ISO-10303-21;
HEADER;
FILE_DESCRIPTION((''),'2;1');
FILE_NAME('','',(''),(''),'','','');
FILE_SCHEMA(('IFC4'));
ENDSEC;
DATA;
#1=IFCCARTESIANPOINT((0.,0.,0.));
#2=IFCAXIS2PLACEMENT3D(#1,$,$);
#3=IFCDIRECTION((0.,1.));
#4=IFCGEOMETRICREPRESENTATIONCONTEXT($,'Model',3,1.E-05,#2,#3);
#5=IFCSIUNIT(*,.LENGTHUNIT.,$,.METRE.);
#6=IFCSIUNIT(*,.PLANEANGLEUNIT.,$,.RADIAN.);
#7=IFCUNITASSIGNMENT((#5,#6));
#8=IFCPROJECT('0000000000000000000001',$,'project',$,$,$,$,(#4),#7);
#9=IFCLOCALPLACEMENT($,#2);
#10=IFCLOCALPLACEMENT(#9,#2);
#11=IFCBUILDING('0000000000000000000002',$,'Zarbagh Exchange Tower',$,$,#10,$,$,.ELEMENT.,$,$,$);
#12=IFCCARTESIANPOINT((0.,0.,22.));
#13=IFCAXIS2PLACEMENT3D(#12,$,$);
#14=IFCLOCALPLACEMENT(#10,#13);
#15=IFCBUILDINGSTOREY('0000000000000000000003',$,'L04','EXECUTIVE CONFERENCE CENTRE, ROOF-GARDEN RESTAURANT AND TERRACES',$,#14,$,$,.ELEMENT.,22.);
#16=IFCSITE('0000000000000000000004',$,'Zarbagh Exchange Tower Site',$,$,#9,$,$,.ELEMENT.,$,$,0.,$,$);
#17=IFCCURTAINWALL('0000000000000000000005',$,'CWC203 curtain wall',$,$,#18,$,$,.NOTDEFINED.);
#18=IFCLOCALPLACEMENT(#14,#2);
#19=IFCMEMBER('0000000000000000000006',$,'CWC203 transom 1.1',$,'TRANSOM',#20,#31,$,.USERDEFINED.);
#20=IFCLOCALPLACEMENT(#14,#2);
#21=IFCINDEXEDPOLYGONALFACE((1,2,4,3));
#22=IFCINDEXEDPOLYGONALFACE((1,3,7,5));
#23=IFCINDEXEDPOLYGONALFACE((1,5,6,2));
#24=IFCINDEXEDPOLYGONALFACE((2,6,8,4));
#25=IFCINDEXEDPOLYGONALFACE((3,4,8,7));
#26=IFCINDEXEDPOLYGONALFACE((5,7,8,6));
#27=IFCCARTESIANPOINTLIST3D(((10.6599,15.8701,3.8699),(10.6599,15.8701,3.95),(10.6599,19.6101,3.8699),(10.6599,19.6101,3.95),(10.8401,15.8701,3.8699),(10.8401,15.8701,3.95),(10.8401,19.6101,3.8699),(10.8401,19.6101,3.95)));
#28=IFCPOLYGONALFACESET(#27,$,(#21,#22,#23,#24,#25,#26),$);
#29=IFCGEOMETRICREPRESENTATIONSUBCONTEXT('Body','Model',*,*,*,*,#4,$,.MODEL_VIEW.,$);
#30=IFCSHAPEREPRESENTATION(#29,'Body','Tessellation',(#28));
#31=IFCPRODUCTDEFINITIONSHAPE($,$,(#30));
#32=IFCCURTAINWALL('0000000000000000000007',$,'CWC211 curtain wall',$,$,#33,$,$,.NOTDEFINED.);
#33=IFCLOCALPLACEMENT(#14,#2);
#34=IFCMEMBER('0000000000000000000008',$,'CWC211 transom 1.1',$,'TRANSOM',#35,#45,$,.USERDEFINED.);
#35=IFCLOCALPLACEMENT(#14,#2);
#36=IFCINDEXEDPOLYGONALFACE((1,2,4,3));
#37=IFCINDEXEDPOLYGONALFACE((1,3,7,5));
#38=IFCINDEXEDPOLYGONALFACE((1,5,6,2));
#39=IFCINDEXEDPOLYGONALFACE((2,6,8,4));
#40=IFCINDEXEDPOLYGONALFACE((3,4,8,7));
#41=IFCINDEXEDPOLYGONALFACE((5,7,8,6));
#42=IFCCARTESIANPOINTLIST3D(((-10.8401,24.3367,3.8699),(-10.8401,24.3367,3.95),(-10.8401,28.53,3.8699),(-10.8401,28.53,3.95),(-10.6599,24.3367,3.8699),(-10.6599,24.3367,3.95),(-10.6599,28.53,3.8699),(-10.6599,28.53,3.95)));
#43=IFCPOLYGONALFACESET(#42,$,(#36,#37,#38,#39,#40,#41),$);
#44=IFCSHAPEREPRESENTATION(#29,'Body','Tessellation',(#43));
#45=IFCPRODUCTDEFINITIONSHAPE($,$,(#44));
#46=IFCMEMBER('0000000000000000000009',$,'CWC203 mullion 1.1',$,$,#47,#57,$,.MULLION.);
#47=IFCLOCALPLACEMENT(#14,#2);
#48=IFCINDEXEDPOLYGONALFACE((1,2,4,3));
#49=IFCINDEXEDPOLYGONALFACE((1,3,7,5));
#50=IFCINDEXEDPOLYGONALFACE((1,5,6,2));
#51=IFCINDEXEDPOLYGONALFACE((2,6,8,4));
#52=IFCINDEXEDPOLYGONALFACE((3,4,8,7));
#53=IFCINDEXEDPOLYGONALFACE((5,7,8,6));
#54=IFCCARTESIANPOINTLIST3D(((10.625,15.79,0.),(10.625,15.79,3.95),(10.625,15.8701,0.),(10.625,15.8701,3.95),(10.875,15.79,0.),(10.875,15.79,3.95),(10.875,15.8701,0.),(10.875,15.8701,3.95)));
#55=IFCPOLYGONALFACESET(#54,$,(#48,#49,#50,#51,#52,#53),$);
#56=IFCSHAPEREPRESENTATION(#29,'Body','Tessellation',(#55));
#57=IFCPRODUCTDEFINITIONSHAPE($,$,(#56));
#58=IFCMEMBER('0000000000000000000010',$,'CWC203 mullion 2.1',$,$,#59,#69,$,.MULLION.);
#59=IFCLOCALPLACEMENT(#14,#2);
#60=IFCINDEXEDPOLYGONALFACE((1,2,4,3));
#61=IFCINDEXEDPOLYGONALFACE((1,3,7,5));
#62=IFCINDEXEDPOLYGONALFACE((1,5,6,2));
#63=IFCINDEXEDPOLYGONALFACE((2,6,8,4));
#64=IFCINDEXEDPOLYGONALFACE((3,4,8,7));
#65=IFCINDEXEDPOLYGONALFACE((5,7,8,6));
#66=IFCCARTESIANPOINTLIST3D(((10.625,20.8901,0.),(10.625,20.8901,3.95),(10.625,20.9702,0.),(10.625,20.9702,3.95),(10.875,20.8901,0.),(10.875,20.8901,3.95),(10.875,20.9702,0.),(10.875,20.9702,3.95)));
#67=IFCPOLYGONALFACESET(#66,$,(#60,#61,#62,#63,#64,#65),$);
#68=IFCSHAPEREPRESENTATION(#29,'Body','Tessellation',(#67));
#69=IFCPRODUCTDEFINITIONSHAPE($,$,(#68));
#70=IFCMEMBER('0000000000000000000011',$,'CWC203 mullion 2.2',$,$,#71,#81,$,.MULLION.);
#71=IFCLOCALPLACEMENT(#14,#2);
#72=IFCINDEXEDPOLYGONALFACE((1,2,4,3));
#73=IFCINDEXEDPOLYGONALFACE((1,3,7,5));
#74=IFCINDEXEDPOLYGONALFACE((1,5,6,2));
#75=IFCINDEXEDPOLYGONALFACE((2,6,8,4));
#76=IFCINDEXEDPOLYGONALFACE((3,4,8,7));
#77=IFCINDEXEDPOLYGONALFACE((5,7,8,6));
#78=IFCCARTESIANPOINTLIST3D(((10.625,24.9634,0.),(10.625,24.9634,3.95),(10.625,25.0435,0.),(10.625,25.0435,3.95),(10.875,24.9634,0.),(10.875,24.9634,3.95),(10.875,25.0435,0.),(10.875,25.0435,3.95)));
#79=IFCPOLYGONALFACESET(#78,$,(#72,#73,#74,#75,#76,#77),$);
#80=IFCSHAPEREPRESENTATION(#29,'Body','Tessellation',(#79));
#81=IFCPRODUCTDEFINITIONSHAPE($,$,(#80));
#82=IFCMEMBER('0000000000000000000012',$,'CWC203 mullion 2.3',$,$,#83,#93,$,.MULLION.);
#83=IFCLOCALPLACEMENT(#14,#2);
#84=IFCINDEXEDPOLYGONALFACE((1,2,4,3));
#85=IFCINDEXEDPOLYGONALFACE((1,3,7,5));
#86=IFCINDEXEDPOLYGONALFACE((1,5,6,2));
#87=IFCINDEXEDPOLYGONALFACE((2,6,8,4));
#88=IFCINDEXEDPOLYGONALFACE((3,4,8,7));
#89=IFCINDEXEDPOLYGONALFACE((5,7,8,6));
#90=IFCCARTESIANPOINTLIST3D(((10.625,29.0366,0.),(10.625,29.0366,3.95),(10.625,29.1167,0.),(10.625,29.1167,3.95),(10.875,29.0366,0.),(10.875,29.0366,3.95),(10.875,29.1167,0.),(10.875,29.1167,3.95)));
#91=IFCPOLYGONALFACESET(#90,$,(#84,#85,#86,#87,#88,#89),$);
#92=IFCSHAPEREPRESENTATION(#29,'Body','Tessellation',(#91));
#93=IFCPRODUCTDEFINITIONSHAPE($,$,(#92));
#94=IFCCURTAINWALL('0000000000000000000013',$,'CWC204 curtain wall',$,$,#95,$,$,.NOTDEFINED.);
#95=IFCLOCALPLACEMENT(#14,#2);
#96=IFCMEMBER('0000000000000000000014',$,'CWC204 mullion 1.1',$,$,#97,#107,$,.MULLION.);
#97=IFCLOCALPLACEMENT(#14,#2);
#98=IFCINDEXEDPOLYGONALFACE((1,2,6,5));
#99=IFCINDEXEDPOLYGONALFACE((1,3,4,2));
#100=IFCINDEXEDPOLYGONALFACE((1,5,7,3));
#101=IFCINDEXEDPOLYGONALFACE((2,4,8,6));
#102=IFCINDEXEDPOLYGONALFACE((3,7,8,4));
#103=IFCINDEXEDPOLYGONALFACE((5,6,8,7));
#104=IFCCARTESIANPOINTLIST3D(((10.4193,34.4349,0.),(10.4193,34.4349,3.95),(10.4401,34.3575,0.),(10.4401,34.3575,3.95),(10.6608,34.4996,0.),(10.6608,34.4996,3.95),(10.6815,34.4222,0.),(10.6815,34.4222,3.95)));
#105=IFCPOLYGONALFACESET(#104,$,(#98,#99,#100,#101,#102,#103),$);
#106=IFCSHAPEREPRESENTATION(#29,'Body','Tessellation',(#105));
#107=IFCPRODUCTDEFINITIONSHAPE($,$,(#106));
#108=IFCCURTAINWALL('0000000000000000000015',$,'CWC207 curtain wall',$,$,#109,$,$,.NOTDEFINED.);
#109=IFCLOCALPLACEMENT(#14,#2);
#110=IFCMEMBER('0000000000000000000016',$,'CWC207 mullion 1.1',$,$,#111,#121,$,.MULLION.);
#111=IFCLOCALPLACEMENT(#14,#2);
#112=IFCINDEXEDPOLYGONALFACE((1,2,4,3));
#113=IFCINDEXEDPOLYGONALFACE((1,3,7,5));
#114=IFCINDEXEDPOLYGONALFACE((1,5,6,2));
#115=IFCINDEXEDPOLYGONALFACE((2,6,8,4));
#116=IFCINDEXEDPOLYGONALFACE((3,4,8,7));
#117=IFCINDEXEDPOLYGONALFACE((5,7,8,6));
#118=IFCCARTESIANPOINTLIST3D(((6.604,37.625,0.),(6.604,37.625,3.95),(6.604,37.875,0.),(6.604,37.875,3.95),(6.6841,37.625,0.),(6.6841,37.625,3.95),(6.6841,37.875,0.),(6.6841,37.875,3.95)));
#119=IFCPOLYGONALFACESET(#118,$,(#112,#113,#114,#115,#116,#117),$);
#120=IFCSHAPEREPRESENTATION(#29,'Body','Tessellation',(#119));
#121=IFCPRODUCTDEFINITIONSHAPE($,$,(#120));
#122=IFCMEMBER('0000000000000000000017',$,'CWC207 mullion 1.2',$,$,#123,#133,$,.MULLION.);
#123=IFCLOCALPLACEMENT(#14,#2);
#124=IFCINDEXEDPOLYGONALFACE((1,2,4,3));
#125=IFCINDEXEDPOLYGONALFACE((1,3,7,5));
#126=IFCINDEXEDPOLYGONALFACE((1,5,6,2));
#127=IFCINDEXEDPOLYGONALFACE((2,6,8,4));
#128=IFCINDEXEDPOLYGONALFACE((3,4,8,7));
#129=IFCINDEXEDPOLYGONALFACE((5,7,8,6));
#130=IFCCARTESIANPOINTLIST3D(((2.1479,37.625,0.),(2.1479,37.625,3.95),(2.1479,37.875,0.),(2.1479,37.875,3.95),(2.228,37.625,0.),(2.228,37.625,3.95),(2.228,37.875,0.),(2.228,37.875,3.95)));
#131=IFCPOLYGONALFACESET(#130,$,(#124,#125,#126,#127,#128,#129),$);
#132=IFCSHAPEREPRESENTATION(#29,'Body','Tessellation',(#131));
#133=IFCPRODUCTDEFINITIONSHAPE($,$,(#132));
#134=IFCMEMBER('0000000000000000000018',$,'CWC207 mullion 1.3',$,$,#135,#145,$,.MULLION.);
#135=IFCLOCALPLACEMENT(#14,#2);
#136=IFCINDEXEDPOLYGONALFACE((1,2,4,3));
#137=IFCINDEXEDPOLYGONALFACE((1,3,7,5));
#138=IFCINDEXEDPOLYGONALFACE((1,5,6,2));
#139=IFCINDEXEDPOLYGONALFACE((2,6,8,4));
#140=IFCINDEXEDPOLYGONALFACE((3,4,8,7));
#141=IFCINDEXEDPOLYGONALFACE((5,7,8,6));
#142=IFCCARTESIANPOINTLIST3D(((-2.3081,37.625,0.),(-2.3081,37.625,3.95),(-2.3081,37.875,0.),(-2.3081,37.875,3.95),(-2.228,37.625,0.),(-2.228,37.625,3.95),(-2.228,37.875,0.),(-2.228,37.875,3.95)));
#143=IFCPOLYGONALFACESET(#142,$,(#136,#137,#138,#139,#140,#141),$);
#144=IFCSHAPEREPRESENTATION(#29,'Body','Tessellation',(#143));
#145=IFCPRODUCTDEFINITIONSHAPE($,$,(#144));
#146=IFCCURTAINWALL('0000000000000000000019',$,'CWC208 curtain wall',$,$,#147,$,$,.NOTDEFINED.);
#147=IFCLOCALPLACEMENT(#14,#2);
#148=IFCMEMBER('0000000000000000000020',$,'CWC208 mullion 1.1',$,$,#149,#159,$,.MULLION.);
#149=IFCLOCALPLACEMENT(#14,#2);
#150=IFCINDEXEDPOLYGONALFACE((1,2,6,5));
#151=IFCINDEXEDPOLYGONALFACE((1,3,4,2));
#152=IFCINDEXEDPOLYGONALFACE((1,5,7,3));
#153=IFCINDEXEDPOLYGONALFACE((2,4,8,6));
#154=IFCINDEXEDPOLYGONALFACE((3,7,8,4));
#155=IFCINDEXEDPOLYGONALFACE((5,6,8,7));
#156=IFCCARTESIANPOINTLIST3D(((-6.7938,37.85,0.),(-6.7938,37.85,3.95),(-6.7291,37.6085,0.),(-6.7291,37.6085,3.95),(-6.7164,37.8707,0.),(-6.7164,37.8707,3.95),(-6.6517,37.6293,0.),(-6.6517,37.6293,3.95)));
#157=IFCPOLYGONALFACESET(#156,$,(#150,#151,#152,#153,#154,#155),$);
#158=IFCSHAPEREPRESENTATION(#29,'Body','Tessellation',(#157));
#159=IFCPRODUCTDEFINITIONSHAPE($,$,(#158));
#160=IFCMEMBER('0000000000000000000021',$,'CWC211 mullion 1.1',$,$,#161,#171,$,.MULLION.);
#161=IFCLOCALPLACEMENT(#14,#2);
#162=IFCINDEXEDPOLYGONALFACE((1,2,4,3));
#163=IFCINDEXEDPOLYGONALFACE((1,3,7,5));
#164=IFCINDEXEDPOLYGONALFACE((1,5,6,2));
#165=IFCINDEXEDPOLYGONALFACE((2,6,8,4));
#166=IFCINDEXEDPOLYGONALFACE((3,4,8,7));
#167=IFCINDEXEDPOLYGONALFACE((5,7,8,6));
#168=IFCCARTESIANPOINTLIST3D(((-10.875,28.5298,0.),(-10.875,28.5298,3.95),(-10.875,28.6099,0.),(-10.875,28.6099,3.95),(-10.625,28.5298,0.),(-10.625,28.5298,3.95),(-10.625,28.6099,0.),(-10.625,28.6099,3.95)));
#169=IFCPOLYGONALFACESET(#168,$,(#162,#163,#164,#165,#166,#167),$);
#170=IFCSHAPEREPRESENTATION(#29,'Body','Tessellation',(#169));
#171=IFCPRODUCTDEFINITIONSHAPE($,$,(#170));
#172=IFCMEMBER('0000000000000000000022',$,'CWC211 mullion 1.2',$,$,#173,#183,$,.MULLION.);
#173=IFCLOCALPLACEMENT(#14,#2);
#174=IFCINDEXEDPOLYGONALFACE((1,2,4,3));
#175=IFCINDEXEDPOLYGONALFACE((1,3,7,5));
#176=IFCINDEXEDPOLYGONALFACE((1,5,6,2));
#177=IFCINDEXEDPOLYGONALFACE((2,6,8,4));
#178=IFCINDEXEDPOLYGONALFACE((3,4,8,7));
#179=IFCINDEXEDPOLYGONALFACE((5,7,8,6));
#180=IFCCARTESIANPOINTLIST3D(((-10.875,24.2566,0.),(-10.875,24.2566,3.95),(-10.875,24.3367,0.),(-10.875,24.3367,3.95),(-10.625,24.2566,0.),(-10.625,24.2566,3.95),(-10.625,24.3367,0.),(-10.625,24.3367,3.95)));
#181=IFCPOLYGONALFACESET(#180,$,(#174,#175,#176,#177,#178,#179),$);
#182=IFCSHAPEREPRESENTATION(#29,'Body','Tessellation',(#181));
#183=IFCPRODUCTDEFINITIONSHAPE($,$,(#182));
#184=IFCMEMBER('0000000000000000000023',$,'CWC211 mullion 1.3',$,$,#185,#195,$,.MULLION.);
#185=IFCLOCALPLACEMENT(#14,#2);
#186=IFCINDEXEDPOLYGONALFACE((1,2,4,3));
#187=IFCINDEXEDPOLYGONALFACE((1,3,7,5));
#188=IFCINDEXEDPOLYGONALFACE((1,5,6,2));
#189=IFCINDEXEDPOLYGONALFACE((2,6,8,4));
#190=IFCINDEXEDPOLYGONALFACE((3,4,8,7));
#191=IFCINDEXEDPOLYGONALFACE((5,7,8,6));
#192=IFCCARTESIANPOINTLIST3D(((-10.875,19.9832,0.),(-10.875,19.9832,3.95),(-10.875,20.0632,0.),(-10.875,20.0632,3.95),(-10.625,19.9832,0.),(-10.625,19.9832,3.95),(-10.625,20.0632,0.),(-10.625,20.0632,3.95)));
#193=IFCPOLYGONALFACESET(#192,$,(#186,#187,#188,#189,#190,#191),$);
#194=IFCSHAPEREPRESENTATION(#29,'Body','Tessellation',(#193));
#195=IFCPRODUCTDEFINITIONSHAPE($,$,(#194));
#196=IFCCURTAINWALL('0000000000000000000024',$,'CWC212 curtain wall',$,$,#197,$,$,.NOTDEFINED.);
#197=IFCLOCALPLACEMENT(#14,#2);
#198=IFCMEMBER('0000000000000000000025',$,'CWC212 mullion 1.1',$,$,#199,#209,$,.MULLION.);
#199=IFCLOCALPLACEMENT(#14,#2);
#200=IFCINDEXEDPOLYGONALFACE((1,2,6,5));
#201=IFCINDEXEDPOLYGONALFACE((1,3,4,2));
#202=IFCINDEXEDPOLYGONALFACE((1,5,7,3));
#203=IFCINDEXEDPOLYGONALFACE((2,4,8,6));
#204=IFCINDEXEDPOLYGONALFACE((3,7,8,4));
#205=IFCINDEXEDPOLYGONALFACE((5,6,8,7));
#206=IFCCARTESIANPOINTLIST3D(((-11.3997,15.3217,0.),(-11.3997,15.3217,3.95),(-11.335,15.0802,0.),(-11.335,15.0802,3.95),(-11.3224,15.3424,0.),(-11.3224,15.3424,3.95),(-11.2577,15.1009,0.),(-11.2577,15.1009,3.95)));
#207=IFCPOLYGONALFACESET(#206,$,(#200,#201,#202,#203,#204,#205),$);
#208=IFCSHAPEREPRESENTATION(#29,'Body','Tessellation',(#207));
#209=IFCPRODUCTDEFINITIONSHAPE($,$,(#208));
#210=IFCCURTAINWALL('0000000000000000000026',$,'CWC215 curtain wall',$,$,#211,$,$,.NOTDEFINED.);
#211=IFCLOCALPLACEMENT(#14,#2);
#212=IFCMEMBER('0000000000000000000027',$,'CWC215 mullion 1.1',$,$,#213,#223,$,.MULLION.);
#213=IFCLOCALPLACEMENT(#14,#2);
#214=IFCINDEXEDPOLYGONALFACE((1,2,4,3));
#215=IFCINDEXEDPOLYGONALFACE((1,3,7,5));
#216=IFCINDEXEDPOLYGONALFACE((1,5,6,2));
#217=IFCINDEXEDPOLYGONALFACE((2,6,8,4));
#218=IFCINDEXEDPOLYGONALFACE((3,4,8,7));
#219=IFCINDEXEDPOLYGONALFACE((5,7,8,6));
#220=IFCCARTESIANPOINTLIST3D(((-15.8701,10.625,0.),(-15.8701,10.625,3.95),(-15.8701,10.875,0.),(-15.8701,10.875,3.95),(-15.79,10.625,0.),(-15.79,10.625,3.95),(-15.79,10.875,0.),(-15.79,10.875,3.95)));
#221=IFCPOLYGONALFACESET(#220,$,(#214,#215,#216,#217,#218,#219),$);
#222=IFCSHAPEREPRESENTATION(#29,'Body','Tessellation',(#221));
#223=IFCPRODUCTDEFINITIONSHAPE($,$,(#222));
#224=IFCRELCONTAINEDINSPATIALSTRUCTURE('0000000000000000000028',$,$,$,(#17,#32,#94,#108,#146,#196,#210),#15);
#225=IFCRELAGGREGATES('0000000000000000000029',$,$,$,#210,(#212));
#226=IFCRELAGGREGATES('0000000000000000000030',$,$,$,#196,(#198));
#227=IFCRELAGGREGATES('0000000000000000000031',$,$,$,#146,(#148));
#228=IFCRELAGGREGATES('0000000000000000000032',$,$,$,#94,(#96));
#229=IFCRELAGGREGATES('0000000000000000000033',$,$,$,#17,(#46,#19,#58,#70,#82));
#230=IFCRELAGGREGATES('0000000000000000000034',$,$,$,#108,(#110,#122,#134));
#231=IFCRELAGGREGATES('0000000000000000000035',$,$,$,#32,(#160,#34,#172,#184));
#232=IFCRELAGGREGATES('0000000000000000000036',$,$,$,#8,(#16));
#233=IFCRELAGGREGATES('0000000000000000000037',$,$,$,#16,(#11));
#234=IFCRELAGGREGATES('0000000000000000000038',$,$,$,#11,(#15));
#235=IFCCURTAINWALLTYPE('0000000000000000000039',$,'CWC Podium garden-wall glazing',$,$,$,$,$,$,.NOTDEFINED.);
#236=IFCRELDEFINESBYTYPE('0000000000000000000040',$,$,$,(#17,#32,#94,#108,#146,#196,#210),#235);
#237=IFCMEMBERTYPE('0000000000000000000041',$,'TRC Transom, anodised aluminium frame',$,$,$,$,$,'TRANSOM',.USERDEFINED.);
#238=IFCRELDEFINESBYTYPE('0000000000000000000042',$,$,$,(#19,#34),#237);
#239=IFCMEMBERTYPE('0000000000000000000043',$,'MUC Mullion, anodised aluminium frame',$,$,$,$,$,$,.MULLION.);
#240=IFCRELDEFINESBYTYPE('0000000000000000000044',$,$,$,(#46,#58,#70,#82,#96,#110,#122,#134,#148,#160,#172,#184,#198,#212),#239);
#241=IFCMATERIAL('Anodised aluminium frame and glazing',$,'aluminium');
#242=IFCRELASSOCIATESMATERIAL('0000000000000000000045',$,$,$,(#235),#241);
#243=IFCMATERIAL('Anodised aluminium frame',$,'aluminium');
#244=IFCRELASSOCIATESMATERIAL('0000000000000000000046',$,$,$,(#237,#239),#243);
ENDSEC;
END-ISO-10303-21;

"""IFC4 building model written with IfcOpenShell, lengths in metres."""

from ifc_helpers import new_model, si_unit, direction, frame, origin, place, context, subcontext, project, spatial, polyline, outline, extrude, source, transform, mapped, material, type_object, element, aggregate, save


model = new_model("IFC4")

# Units and contexts
model_context = context("Model", 3, precision=1e-05, world=origin(), true_north=direction((0.0, 1.0)))
body_context = subcontext(model_context, "Body", "Model", "MODEL_VIEW")
ifc_project = project(units=[si_unit("LENGTHUNIT", "METRE"), si_unit("PLANEANGLEUNIT", "RADIAN")], contexts=[model_context])

# Site, building, storey
site_placement = place(None, origin())
site = spatial("IfcSite", under=ifc_project, at=site_placement, Name="Zarbagh Exchange Tower Site", CompositionType="ELEMENT", RefElevation=0.0)
building_placement = place(site_placement, origin())
building = spatial("IfcBuilding", under=site, at=building_placement, Name="Zarbagh Exchange Tower", CompositionType="ELEMENT")
storey_placement = place(building_placement, frame((0.0, 0.0, 22.0)))
storey = spatial("IfcBuildingStorey", under=building, at=storey_placement, Name="L04", Description="EXECUTIVE CONFERENCE CENTRE, ROOF-GARDEN RESTAURANT AND TERRACES", CompositionType="ELEMENT", Elevation=22.0)

# Curtain walls, members
ifc_material_1 = material(Name="Anodised aluminium frame and glazing", Category="aluminium")
curtain_wall_type = type_object("IfcCurtainWallType", Name="CWC Podium garden-wall glazing", PredefinedType="NOTDEFINED", material=ifc_material_1)
curtain_wall_1_placement = place(storey_placement, origin())
curtain_wall_1 = element("IfcCurtainWall", 1, at=curtain_wall_1_placement, inside=storey, type_object=curtain_wall_type, Name="CWC203 curtain wall", PredefinedType="NOTDEFINED")
ifc_material_2 = material(Name="Anodised aluminium frame", Category="aluminium")
member_type_1 = type_object("IfcMemberType", Name="TRC Transom, anodised aluminium frame", ElementType="TRANSOM", PredefinedType="USERDEFINED", material=ifc_material_2)
shared_shape_1 = source(origin(), body_context, "Body", "SweptSolid", [
    extrude(outline(polyline([(-0.0801, -0.0901), (0.0, -0.0901), (0.0, 0.0901), (-0.0801, 0.0901), (-0.0801, -0.0901)])), origin(), (0.0, 0.0, 1.0), 3.74),
])
placement = place(storey_placement, origin())
member_1 = element("IfcMember", 2, at=placement, type_object=member_type_1, Name="CWC203 transom 1.1", ObjectType="TRANSOM", PredefinedType="USERDEFINED", context=body_context, shape_type="MappedRepresentation", body=[
    mapped(shared_shape_1, transform((10.75, 15.8701, 3.95), x_axis=(0.0, 0.0, 1.0), y_axis=(1.0, 0.0, 0.0), z_axis=(0.0, 1.0, 0.0))),
])
curtain_wall_2_placement = place(storey_placement, origin())
curtain_wall_2 = element("IfcCurtainWall", 3, at=curtain_wall_2_placement, inside=storey, type_object=curtain_wall_type, Name="CWC211 curtain wall", PredefinedType="NOTDEFINED")
shared_shape_2 = source(origin(), body_context, "Body", "SweptSolid", [
    extrude(outline(polyline([(-0.0801, -0.0901), (0.0, -0.0901), (0.0, 0.0901), (-0.0801, 0.0901), (-0.0801, -0.0901)])), origin(), (0.0, 0.0, 1.0), 4.1934),
])
member_2 = element("IfcMember", 4, at=placement, type_object=member_type_1, Name="CWC211 transom 1.1", ObjectType="TRANSOM", PredefinedType="USERDEFINED", context=body_context, shape_type="MappedRepresentation", body=[
    mapped(shared_shape_2, transform((-10.75, 28.53, 3.95), x_axis=(0.0, 0.0, 1.0), y_axis=(-1.0, 0.0, 0.0), z_axis=(0.0, -1.0, 0.0))),
])

# Members
member_type_2 = type_object("IfcMemberType", Name="MUC Mullion, anodised aluminium frame", PredefinedType="MULLION", material=ifc_material_2)
shared_shape_3 = source(origin(), body_context, "Body", "SweptSolid", [
    extrude(outline(polyline([(0.0, -0.125), (0.0801, -0.125), (0.0801, 0.125), (0.0, 0.125), (0.0, -0.125)])), origin(), (0.0, 0.0, 1.0), 3.95),
])
member_3 = element("IfcMember", 5, at=placement, type_object=member_type_2, Name="CWC203 mullion 1.1", PredefinedType="MULLION", context=body_context, shape_type="MappedRepresentation", body=[
    mapped(shared_shape_3, transform((10.75, 15.79, 0.0), x_axis=(0.0, 1.0, 0.0), y_axis=(-1.0, 0.0, 0.0), z_axis=(0.0, 0.0, 1.0))),
])
member_4 = element("IfcMember", 6, at=placement, type_object=member_type_2, Name="CWC203 mullion 2.1", PredefinedType="MULLION", context=body_context, shape_type="MappedRepresentation", body=[
    mapped(shared_shape_3, transform((10.75, 20.8901, 0.0), x_axis=(0.0, 1.0, 0.0), y_axis=(-1.0, 0.0, 0.0), z_axis=(0.0, 0.0, 1.0))),
])
member_5 = element("IfcMember", 7, at=placement, type_object=member_type_2, Name="CWC203 mullion 2.2", PredefinedType="MULLION", context=body_context, shape_type="MappedRepresentation", body=[
    mapped(shared_shape_3, transform((10.75, 24.9634, 0.0), x_axis=(0.0, 1.0, 0.0), y_axis=(-1.0, 0.0, 0.0), z_axis=(0.0, 0.0, 1.0))),
])
member_6 = element("IfcMember", 8, at=placement, type_object=member_type_2, Name="CWC203 mullion 2.3", PredefinedType="MULLION", context=body_context, shape_type="MappedRepresentation", body=[
    mapped(shared_shape_3, transform((10.75, 29.0366, 0.0), x_axis=(0.0, 1.0, 0.0), y_axis=(-1.0, 0.0, 0.0), z_axis=(0.0, 0.0, 1.0))),
])

# Curtain wall, member
curtain_wall_3_placement = place(storey_placement, origin())
curtain_wall_3 = element("IfcCurtainWall", 9, at=curtain_wall_3_placement, inside=storey, type_object=curtain_wall_type, Name="CWC204 curtain wall", PredefinedType="NOTDEFINED")
member_7 = element("IfcMember", 10, at=placement, type_object=member_type_2, Name="CWC204 mullion 1.1", PredefinedType="MULLION", context=body_context, shape_type="MappedRepresentation", body=[
    mapped(shared_shape_3, transform((10.5608, 34.3899, 0.0), x_axis=(-0.258825, 0.965924, 0.0), y_axis=(-0.965924, -0.258825, 0.0), z_axis=(0.0, 0.0, 1.0))),
])

# Curtain wall, members
curtain_wall_4_placement = place(storey_placement, origin())
curtain_wall_4 = element("IfcCurtainWall", 11, at=curtain_wall_4_placement, inside=storey, type_object=curtain_wall_type, Name="CWC207 curtain wall", PredefinedType="NOTDEFINED")
member_8 = element("IfcMember", 12, at=placement, type_object=member_type_2, Name="CWC207 mullion 1.1", PredefinedType="MULLION", context=body_context, shape_type="MappedRepresentation", body=[
    mapped(shared_shape_3, transform((6.6841, 37.75, 0.0), x_axis=(-1.0, 0.0, 0.0), y_axis=(0.0, -1.0, 0.0), z_axis=(0.0, 0.0, 1.0))),
])
member_9 = element("IfcMember", 13, at=placement, type_object=member_type_2, Name="CWC207 mullion 1.2", PredefinedType="MULLION", context=body_context, shape_type="MappedRepresentation", body=[
    mapped(shared_shape_3, transform((2.228, 37.75, 0.0), x_axis=(-1.0, 0.0, 0.0), y_axis=(0.0, -1.0, 0.0), z_axis=(0.0, 0.0, 1.0))),
])
member_10 = element("IfcMember", 14, at=placement, type_object=member_type_2, Name="CWC207 mullion 1.3", PredefinedType="MULLION", context=body_context, shape_type="MappedRepresentation", body=[
    mapped(shared_shape_3, transform((-2.228, 37.75, 0.0), x_axis=(-1.0, 0.0, 0.0), y_axis=(0.0, -1.0, 0.0), z_axis=(0.0, 0.0, 1.0))),
])

# Curtain wall, member
curtain_wall_5_placement = place(storey_placement, origin())
curtain_wall_5 = element("IfcCurtainWall", 15, at=curtain_wall_5_placement, inside=storey, type_object=curtain_wall_type, Name="CWC208 curtain wall", PredefinedType="NOTDEFINED")
member_11 = element("IfcMember", 16, at=placement, type_object=member_type_2, Name="CWC208 mullion 1.1", PredefinedType="MULLION", context=body_context, shape_type="MappedRepresentation", body=[
    mapped(shared_shape_3, transform((-6.6841, 37.75, 0.0), x_axis=(-0.965924, -0.258825, 0.0), y_axis=(0.258825, -0.965924, 0.0), z_axis=(0.0, 0.0, 1.0))),
])

# Members
member_12 = element("IfcMember", 17, at=placement, type_object=member_type_2, Name="CWC211 mullion 1.1", PredefinedType="MULLION", context=body_context, shape_type="MappedRepresentation", body=[
    mapped(shared_shape_3, transform((-10.75, 28.6099, 0.0), x_axis=(0.0, -1.0, 0.0), y_axis=(1.0, 0.0, 0.0), z_axis=(0.0, 0.0, 1.0))),
])
member_13 = element("IfcMember", 18, at=placement, type_object=member_type_2, Name="CWC211 mullion 1.2", PredefinedType="MULLION", context=body_context, shape_type="MappedRepresentation", body=[
    mapped(shared_shape_3, transform((-10.75, 24.3367, 0.0), x_axis=(0.0, -1.0, 0.0), y_axis=(1.0, 0.0, 0.0), z_axis=(0.0, 0.0, 1.0))),
])
member_14 = element("IfcMember", 19, at=placement, type_object=member_type_2, Name="CWC211 mullion 1.3", PredefinedType="MULLION", context=body_context, shape_type="MappedRepresentation", body=[
    mapped(shared_shape_3, transform((-10.75, 20.0632, 0.0), x_axis=(0.0, -1.0, 0.0), y_axis=(1.0, 0.0, 0.0), z_axis=(0.0, 0.0, 1.0))),
])

# Curtain walls, members
curtain_wall_6_placement = place(storey_placement, origin())
curtain_wall_6 = element("IfcCurtainWall", 20, at=curtain_wall_6_placement, inside=storey, type_object=curtain_wall_type, Name="CWC212 curtain wall", PredefinedType="NOTDEFINED")
member_15 = element("IfcMember", 21, at=placement, type_object=member_type_2, Name="CWC212 mullion 1.1", PredefinedType="MULLION", context=body_context, shape_type="MappedRepresentation", body=[
    mapped(shared_shape_3, transform((-11.29, 15.2217, 0.0), x_axis=(-0.965924, -0.258825, 0.0), y_axis=(0.258825, -0.965924, 0.0), z_axis=(0.0, 0.0, 1.0))),
])
curtain_wall_7_placement = place(storey_placement, origin())
curtain_wall_7 = element("IfcCurtainWall", 22, at=curtain_wall_7_placement, inside=storey, type_object=curtain_wall_type, Name="CWC215 curtain wall", PredefinedType="NOTDEFINED")
member_16 = element("IfcMember", 23, at=placement, type_object=member_type_2, Name="CWC215 mullion 1.1", PredefinedType="MULLION", context=body_context, shape_type="MappedRepresentation", body=[
    mapped(shared_shape_3, transform((-15.79, 10.75, 0.0), x_axis=(-1.0, 0.0, 0.0), y_axis=(0.0, -1.0, 0.0), z_axis=(0.0, 0.0, 1.0))),
])
aggregate(curtain_wall_7, [member_16])

aggregate(curtain_wall_6, [member_15])

aggregate(curtain_wall_5, [member_11])

aggregate(curtain_wall_3, [member_7])
aggregate(curtain_wall_1, [member_3, member_1, member_4, member_5, member_6])
aggregate(curtain_wall_4, [member_8, member_9, member_10])
aggregate(curtain_wall_2, [member_12, member_2, member_13, member_14])

save(model, "model.ifc")
